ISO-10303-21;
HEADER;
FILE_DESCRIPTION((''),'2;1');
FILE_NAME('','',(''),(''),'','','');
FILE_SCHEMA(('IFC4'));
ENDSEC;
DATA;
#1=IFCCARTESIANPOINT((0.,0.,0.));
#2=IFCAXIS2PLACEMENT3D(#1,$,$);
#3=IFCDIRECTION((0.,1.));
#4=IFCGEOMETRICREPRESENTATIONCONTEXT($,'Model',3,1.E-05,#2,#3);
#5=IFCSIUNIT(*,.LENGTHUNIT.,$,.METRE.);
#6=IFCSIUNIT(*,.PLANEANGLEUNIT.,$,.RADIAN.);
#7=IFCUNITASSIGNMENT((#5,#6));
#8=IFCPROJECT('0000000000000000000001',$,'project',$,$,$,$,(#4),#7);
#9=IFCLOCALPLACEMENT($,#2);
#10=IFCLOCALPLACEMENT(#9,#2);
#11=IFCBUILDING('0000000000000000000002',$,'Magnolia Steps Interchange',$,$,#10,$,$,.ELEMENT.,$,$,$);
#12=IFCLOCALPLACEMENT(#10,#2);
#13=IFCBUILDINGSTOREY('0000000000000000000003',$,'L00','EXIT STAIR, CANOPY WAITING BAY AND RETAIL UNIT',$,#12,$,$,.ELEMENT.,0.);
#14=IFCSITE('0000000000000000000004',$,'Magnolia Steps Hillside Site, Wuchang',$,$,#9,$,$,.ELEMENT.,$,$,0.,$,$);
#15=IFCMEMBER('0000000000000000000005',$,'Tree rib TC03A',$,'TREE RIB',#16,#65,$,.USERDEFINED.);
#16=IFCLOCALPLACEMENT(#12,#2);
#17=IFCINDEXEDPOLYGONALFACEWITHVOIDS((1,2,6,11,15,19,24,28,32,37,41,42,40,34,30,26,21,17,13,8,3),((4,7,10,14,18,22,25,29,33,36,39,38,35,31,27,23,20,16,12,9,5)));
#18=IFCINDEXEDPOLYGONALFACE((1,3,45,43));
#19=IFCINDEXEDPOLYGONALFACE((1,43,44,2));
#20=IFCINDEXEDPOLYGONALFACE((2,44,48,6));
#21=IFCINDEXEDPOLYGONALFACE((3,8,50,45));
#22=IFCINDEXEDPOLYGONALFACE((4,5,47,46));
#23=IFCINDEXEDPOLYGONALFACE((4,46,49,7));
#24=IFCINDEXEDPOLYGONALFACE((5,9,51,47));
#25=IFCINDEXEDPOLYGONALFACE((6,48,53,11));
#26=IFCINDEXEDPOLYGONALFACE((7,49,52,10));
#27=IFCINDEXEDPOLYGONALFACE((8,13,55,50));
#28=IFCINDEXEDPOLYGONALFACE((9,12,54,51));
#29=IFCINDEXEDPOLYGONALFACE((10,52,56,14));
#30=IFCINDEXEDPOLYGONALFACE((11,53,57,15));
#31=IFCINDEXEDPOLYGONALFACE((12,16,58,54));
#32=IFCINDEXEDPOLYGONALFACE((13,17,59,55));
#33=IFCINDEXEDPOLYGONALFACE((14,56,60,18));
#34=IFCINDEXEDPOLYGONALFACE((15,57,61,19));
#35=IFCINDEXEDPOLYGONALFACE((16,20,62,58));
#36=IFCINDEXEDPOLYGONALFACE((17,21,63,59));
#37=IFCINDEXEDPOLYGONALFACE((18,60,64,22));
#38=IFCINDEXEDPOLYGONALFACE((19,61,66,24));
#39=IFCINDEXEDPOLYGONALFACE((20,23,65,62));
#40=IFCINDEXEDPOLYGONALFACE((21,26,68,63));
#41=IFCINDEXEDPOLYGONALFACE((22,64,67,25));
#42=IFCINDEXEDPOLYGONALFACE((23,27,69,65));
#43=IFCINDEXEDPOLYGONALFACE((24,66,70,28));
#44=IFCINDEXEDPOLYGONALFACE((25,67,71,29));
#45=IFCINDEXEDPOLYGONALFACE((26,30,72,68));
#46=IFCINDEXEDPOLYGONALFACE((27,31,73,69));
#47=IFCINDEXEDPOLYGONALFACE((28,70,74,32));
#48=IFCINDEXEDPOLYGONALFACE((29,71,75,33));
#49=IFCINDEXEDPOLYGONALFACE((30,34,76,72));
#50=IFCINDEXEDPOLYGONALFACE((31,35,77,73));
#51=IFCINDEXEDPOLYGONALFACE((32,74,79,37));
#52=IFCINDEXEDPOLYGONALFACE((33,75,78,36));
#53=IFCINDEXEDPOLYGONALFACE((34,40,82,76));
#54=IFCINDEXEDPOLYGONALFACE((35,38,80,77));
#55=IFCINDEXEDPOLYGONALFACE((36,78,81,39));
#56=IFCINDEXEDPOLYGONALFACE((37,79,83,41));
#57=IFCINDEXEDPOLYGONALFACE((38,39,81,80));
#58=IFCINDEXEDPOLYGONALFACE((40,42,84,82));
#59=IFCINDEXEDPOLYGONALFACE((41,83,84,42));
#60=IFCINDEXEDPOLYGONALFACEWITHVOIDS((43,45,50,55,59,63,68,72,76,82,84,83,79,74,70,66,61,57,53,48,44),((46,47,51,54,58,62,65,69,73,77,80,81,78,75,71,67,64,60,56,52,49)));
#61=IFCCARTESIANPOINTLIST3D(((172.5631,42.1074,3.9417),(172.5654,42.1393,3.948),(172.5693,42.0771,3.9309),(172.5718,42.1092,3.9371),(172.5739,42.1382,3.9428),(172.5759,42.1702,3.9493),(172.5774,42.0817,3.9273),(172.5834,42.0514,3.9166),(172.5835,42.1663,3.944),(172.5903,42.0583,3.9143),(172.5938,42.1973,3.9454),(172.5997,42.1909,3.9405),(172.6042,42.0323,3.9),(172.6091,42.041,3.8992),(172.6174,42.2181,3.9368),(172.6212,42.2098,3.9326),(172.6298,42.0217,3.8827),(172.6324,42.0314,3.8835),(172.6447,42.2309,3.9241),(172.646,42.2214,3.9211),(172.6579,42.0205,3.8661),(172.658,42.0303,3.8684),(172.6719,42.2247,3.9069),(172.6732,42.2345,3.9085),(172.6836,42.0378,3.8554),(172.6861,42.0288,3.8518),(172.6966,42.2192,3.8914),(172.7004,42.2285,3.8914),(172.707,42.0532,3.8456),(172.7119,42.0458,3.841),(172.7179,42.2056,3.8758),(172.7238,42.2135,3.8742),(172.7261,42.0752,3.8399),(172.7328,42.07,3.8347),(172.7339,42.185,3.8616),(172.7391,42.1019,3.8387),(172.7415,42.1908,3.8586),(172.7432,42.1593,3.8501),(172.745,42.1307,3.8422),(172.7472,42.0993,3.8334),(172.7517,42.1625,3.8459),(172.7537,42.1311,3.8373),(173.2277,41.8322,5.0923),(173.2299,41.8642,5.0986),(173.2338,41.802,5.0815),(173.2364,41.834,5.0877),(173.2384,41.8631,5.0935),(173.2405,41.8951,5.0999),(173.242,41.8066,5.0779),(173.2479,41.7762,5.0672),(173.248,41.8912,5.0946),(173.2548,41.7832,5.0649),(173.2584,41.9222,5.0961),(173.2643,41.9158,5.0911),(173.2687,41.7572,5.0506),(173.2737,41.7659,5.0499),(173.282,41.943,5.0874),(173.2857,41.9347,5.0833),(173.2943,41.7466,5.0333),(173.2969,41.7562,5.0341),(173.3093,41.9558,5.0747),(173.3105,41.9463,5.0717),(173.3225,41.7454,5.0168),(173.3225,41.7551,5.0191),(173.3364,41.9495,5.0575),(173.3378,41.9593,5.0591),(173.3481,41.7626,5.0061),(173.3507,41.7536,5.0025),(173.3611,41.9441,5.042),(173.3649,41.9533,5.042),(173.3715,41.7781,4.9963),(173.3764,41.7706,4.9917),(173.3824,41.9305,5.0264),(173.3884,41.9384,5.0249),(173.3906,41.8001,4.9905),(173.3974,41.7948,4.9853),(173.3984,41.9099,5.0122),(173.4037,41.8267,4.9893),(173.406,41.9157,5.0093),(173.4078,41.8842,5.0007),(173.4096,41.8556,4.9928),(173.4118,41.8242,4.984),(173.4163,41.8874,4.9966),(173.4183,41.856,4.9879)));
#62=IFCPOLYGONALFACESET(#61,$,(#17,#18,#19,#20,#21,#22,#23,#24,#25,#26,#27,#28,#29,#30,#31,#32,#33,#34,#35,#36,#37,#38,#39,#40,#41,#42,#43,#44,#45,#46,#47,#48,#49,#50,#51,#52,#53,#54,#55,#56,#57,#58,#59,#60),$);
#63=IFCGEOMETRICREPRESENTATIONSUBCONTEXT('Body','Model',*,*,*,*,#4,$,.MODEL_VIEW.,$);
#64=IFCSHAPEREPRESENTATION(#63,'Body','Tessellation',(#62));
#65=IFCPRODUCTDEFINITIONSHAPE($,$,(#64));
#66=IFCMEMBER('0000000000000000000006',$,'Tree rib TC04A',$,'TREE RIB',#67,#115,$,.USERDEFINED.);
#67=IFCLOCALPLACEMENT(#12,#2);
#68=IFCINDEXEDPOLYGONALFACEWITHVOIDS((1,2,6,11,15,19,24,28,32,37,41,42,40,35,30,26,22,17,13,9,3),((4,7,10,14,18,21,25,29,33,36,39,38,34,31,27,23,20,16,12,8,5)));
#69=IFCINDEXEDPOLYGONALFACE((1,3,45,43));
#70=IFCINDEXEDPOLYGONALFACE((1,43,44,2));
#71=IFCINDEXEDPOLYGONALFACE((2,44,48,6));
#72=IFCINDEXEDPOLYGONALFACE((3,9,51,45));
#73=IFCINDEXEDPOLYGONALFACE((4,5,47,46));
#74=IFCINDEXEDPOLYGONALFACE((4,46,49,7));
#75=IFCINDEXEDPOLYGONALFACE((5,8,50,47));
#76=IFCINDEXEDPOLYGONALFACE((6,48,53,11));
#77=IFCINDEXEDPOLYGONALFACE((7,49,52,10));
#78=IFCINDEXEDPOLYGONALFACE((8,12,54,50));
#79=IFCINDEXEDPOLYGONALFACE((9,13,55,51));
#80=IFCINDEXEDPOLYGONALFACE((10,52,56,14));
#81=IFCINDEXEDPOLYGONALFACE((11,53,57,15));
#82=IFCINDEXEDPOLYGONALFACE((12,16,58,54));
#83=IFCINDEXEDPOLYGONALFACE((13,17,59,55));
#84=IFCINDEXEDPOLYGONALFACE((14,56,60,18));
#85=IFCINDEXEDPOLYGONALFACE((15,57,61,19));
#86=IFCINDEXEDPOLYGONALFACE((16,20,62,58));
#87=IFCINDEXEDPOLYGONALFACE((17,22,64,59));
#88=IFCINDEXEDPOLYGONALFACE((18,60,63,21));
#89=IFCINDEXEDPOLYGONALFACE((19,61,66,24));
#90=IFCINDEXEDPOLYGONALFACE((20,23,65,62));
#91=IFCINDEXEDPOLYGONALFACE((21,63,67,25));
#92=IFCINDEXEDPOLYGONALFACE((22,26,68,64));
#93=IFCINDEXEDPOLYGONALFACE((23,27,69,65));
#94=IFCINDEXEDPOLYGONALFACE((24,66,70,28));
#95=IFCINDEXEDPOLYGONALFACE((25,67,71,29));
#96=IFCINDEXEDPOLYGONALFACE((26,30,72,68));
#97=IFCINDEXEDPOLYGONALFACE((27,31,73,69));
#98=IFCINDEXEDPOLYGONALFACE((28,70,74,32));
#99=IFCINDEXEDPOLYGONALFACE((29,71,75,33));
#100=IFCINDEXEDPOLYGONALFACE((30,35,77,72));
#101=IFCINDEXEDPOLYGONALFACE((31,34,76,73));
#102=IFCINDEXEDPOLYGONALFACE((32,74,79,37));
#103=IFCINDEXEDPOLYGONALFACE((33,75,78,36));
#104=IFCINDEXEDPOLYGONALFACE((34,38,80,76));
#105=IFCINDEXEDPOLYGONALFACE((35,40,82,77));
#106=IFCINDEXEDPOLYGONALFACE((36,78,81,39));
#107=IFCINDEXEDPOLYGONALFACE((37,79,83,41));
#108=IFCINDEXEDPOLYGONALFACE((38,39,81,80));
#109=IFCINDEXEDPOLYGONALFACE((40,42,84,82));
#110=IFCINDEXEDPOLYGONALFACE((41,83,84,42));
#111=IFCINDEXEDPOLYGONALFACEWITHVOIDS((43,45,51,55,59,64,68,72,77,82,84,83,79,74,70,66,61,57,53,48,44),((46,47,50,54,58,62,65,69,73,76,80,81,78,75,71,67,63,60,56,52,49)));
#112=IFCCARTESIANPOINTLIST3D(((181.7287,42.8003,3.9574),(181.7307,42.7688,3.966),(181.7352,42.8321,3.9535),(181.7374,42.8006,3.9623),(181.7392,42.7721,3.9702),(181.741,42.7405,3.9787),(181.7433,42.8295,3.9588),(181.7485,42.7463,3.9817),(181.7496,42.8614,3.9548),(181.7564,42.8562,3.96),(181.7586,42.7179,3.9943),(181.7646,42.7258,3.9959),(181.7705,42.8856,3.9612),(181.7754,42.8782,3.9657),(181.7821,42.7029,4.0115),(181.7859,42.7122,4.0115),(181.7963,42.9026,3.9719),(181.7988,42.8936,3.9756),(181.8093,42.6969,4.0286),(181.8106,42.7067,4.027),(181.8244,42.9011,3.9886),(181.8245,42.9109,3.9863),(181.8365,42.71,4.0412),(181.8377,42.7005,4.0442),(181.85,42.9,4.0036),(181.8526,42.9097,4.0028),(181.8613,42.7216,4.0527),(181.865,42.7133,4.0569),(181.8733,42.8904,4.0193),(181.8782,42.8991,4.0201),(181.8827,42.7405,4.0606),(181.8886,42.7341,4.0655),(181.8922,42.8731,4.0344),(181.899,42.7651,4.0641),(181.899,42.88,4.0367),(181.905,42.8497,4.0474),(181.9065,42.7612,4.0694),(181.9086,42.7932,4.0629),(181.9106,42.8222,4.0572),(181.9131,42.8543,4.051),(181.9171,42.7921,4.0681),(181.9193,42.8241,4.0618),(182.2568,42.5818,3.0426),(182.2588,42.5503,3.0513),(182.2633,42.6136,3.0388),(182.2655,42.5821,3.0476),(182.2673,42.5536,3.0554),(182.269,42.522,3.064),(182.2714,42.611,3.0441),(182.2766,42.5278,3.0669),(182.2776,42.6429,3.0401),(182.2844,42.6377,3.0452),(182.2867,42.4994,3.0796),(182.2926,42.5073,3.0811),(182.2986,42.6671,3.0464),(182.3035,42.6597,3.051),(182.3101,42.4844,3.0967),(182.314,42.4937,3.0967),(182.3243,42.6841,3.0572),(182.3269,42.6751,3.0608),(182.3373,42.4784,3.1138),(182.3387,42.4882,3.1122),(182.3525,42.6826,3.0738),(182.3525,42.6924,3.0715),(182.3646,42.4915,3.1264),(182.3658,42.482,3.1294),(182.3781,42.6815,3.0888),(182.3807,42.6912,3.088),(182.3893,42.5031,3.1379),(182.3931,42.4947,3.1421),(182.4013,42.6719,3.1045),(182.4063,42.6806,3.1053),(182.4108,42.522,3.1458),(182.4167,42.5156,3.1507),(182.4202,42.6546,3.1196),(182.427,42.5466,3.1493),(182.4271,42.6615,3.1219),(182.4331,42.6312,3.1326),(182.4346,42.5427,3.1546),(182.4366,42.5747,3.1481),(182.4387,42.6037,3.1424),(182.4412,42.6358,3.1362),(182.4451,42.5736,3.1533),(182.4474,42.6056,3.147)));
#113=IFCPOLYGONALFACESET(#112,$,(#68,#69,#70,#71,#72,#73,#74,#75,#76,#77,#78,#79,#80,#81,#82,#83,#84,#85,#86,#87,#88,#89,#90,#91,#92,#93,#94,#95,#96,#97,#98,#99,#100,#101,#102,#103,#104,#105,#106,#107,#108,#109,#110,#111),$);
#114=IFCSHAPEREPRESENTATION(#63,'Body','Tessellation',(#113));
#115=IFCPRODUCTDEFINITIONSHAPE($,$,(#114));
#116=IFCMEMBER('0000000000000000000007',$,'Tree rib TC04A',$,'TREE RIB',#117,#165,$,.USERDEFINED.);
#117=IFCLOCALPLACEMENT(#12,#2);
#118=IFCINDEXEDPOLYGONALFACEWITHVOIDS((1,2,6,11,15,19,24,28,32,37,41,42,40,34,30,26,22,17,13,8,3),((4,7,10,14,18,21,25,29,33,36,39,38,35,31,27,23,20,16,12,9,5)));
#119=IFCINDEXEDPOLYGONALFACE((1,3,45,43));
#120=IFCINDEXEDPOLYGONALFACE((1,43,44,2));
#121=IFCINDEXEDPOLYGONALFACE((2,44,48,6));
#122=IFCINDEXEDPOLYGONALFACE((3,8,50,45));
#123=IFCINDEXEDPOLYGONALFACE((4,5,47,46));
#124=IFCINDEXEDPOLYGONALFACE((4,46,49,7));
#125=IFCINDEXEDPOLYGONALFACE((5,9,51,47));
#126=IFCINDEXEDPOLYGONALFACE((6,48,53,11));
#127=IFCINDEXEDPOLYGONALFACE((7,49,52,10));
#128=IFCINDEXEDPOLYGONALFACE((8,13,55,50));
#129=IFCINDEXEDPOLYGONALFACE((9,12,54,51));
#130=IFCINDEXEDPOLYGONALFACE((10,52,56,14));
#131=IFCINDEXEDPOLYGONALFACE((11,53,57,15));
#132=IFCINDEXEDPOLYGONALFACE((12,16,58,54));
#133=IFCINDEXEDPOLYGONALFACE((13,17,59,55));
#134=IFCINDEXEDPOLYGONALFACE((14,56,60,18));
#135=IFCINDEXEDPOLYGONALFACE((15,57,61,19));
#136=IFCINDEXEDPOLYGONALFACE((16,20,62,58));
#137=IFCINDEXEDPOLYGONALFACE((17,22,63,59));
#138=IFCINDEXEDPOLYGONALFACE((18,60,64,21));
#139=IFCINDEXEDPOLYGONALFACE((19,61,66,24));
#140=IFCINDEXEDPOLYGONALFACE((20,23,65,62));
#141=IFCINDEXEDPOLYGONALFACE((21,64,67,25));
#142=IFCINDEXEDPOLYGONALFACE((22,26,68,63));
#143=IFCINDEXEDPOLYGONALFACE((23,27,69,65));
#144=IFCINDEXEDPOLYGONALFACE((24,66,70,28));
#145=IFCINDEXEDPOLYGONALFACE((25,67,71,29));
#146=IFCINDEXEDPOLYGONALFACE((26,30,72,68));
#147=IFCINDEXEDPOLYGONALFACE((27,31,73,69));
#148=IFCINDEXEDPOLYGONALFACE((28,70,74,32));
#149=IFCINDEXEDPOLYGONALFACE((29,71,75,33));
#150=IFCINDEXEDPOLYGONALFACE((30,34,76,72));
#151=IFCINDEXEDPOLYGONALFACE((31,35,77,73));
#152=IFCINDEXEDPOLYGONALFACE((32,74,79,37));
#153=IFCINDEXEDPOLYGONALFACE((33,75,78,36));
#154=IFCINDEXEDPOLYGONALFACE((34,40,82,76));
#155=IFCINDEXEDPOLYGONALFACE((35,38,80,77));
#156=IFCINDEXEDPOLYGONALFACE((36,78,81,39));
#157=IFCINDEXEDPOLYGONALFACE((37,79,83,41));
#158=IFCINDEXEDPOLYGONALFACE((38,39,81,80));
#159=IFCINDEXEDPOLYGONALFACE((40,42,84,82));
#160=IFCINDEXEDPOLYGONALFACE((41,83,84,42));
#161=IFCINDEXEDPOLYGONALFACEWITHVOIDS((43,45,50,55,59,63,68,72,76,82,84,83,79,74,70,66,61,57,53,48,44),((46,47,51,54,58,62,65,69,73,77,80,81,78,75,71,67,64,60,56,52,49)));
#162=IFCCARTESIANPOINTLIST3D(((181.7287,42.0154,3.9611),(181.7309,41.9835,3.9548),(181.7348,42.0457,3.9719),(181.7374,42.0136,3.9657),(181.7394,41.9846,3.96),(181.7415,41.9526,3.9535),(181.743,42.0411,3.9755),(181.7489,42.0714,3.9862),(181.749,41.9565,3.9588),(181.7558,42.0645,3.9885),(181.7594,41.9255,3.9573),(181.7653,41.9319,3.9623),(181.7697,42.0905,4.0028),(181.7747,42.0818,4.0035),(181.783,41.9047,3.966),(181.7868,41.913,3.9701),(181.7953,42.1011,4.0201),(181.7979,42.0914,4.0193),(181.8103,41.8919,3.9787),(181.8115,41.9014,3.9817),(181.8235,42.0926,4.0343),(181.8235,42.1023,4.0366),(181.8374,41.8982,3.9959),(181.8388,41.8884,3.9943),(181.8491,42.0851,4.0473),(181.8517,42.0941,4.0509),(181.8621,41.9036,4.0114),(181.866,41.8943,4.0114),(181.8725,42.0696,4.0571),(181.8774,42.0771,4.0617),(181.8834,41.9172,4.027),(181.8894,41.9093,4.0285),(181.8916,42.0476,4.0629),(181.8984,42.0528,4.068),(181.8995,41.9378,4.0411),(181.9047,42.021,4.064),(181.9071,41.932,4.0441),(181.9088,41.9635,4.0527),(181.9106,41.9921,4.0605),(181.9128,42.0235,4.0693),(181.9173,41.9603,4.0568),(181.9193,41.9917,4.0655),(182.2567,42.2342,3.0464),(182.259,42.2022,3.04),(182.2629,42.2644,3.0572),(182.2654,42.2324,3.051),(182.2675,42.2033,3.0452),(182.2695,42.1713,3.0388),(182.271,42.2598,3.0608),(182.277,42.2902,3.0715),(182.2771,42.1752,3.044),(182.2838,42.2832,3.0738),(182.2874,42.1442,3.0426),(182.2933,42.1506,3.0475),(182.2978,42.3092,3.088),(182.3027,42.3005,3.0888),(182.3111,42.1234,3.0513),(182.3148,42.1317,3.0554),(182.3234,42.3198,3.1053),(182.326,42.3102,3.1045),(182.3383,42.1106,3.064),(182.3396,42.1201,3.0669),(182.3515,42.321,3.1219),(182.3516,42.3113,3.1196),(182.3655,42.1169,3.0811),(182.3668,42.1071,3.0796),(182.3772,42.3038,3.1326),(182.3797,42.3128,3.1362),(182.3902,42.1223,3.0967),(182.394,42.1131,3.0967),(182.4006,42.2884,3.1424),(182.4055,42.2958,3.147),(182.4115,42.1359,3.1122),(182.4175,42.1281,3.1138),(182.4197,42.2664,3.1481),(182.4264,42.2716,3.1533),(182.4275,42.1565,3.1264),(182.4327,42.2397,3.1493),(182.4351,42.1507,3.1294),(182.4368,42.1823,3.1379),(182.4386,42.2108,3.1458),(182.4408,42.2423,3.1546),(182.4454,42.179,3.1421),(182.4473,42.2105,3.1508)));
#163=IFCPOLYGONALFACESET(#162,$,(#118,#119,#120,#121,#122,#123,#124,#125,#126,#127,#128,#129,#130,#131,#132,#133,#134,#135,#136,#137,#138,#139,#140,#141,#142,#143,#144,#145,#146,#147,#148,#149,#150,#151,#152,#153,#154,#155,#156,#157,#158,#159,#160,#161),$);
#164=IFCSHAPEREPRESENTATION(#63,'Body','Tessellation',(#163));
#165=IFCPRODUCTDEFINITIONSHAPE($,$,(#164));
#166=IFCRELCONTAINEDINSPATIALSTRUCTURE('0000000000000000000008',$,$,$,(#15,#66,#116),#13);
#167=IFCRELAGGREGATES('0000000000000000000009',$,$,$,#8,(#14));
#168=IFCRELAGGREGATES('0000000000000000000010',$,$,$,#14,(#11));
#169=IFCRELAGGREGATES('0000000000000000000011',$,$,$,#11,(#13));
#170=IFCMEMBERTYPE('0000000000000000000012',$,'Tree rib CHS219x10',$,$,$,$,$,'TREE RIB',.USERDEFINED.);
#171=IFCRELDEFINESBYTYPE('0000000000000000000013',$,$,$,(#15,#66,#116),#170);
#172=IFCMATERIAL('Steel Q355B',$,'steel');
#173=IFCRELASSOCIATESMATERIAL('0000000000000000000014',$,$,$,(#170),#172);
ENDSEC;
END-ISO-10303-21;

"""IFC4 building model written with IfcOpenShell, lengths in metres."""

from ifc_helpers import new_model, si_unit, direction, frame, origin, origin_2d, place, context, subcontext, project, spatial, hollow_circle, extrude, material, material_profile, profile_set, type_object, element, save


model = new_model("IFC4")

# Units and contexts
model_context = context("Model", 3, precision=1e-05, world=origin(), true_north=direction((0.0, 1.0)))
body_context = subcontext(model_context, "Body", "Model", "MODEL_VIEW")
ifc_project = project(units=[si_unit("LENGTHUNIT", "METRE"), si_unit("PLANEANGLEUNIT", "RADIAN")], contexts=[model_context])

# Site, building, storey
site_placement = place(None, origin())
site = spatial("IfcSite", under=ifc_project, at=site_placement, Name="Magnolia Steps Hillside Site, Wuchang", CompositionType="ELEMENT", RefElevation=0.0)
building_placement = place(site_placement, origin())
building = spatial("IfcBuilding", under=site, at=building_placement, Name="Magnolia Steps Interchange", CompositionType="ELEMENT")
storey_placement = place(building_placement, origin())
storey = spatial("IfcBuildingStorey", under=building, at=storey_placement, Name="L00", Description="EXIT STAIR, CANOPY WAITING BAY AND RETAIL UNIT", CompositionType="ELEMENT", Elevation=0.0)

# Members
ifc_material_1 = material(Name="Steel Q355B", Category="steel")
ifc_material_profile_1 = material_profile(ifc_material_1, hollow_circle(Radius=0.1096, WallThickness=0.01, at=origin_2d()), Name="CHS219x10")
ifc_profile_set_1 = profile_set([ifc_material_profile_1], Name="Steel Q355B")
member_type = type_object("IfcMemberType", Name="Tree rib CHS219x10", ElementType="TREE RIB", PredefinedType="USERDEFINED", material=ifc_profile_set_1)
member_1_placement = place(storey_placement, frame((172.6584, 42.1272, 3.8914), z_axis=(0.489741, -0.202769, 0.847961), x_axis=(0.382542, 0.923938, 0.0)))
element("IfcMember", 1, at=member_1_placement, inside=storey, type_object=member_type, Name="Tree rib TC03A", ObjectType="TREE RIB", PredefinedType="USERDEFINED", context=body_context, shape_type="SweptSolid", body=[
    extrude(hollow_circle(Radius=0.1096, WallThickness=0.01, at=origin_2d()), origin(), (0.0, 0.0, 1.0), 1.3569),
])
for number, where, z_axis, x_axis, name in (
    (2, (182.3521, 42.5857, 3.0967), (-0.489577, 0.202576, 0.848102), (-0.382339, -0.924022, 0.0), "Tree rib TC04A"),
    (3, (182.3521, 42.2144, 3.0967), (-0.489555, -0.202793, 0.848063), (0.382704, -0.923871, 0.0), "Tree rib TC04A"),
):
    element("IfcMember", number, at=place(storey_placement, frame(where, z_axis=z_axis, x_axis=x_axis)), inside=storey, type_object=member_type, Name=name, ObjectType="TREE RIB", PredefinedType="USERDEFINED", context=body_context, shape_type="SweptSolid", body=[
        extrude(hollow_circle(Radius=0.1096, WallThickness=0.01, at=origin_2d()), origin(), (0.0, 0.0, 1.0), 1.0786),
    ])

save(model, "model.ifc")
